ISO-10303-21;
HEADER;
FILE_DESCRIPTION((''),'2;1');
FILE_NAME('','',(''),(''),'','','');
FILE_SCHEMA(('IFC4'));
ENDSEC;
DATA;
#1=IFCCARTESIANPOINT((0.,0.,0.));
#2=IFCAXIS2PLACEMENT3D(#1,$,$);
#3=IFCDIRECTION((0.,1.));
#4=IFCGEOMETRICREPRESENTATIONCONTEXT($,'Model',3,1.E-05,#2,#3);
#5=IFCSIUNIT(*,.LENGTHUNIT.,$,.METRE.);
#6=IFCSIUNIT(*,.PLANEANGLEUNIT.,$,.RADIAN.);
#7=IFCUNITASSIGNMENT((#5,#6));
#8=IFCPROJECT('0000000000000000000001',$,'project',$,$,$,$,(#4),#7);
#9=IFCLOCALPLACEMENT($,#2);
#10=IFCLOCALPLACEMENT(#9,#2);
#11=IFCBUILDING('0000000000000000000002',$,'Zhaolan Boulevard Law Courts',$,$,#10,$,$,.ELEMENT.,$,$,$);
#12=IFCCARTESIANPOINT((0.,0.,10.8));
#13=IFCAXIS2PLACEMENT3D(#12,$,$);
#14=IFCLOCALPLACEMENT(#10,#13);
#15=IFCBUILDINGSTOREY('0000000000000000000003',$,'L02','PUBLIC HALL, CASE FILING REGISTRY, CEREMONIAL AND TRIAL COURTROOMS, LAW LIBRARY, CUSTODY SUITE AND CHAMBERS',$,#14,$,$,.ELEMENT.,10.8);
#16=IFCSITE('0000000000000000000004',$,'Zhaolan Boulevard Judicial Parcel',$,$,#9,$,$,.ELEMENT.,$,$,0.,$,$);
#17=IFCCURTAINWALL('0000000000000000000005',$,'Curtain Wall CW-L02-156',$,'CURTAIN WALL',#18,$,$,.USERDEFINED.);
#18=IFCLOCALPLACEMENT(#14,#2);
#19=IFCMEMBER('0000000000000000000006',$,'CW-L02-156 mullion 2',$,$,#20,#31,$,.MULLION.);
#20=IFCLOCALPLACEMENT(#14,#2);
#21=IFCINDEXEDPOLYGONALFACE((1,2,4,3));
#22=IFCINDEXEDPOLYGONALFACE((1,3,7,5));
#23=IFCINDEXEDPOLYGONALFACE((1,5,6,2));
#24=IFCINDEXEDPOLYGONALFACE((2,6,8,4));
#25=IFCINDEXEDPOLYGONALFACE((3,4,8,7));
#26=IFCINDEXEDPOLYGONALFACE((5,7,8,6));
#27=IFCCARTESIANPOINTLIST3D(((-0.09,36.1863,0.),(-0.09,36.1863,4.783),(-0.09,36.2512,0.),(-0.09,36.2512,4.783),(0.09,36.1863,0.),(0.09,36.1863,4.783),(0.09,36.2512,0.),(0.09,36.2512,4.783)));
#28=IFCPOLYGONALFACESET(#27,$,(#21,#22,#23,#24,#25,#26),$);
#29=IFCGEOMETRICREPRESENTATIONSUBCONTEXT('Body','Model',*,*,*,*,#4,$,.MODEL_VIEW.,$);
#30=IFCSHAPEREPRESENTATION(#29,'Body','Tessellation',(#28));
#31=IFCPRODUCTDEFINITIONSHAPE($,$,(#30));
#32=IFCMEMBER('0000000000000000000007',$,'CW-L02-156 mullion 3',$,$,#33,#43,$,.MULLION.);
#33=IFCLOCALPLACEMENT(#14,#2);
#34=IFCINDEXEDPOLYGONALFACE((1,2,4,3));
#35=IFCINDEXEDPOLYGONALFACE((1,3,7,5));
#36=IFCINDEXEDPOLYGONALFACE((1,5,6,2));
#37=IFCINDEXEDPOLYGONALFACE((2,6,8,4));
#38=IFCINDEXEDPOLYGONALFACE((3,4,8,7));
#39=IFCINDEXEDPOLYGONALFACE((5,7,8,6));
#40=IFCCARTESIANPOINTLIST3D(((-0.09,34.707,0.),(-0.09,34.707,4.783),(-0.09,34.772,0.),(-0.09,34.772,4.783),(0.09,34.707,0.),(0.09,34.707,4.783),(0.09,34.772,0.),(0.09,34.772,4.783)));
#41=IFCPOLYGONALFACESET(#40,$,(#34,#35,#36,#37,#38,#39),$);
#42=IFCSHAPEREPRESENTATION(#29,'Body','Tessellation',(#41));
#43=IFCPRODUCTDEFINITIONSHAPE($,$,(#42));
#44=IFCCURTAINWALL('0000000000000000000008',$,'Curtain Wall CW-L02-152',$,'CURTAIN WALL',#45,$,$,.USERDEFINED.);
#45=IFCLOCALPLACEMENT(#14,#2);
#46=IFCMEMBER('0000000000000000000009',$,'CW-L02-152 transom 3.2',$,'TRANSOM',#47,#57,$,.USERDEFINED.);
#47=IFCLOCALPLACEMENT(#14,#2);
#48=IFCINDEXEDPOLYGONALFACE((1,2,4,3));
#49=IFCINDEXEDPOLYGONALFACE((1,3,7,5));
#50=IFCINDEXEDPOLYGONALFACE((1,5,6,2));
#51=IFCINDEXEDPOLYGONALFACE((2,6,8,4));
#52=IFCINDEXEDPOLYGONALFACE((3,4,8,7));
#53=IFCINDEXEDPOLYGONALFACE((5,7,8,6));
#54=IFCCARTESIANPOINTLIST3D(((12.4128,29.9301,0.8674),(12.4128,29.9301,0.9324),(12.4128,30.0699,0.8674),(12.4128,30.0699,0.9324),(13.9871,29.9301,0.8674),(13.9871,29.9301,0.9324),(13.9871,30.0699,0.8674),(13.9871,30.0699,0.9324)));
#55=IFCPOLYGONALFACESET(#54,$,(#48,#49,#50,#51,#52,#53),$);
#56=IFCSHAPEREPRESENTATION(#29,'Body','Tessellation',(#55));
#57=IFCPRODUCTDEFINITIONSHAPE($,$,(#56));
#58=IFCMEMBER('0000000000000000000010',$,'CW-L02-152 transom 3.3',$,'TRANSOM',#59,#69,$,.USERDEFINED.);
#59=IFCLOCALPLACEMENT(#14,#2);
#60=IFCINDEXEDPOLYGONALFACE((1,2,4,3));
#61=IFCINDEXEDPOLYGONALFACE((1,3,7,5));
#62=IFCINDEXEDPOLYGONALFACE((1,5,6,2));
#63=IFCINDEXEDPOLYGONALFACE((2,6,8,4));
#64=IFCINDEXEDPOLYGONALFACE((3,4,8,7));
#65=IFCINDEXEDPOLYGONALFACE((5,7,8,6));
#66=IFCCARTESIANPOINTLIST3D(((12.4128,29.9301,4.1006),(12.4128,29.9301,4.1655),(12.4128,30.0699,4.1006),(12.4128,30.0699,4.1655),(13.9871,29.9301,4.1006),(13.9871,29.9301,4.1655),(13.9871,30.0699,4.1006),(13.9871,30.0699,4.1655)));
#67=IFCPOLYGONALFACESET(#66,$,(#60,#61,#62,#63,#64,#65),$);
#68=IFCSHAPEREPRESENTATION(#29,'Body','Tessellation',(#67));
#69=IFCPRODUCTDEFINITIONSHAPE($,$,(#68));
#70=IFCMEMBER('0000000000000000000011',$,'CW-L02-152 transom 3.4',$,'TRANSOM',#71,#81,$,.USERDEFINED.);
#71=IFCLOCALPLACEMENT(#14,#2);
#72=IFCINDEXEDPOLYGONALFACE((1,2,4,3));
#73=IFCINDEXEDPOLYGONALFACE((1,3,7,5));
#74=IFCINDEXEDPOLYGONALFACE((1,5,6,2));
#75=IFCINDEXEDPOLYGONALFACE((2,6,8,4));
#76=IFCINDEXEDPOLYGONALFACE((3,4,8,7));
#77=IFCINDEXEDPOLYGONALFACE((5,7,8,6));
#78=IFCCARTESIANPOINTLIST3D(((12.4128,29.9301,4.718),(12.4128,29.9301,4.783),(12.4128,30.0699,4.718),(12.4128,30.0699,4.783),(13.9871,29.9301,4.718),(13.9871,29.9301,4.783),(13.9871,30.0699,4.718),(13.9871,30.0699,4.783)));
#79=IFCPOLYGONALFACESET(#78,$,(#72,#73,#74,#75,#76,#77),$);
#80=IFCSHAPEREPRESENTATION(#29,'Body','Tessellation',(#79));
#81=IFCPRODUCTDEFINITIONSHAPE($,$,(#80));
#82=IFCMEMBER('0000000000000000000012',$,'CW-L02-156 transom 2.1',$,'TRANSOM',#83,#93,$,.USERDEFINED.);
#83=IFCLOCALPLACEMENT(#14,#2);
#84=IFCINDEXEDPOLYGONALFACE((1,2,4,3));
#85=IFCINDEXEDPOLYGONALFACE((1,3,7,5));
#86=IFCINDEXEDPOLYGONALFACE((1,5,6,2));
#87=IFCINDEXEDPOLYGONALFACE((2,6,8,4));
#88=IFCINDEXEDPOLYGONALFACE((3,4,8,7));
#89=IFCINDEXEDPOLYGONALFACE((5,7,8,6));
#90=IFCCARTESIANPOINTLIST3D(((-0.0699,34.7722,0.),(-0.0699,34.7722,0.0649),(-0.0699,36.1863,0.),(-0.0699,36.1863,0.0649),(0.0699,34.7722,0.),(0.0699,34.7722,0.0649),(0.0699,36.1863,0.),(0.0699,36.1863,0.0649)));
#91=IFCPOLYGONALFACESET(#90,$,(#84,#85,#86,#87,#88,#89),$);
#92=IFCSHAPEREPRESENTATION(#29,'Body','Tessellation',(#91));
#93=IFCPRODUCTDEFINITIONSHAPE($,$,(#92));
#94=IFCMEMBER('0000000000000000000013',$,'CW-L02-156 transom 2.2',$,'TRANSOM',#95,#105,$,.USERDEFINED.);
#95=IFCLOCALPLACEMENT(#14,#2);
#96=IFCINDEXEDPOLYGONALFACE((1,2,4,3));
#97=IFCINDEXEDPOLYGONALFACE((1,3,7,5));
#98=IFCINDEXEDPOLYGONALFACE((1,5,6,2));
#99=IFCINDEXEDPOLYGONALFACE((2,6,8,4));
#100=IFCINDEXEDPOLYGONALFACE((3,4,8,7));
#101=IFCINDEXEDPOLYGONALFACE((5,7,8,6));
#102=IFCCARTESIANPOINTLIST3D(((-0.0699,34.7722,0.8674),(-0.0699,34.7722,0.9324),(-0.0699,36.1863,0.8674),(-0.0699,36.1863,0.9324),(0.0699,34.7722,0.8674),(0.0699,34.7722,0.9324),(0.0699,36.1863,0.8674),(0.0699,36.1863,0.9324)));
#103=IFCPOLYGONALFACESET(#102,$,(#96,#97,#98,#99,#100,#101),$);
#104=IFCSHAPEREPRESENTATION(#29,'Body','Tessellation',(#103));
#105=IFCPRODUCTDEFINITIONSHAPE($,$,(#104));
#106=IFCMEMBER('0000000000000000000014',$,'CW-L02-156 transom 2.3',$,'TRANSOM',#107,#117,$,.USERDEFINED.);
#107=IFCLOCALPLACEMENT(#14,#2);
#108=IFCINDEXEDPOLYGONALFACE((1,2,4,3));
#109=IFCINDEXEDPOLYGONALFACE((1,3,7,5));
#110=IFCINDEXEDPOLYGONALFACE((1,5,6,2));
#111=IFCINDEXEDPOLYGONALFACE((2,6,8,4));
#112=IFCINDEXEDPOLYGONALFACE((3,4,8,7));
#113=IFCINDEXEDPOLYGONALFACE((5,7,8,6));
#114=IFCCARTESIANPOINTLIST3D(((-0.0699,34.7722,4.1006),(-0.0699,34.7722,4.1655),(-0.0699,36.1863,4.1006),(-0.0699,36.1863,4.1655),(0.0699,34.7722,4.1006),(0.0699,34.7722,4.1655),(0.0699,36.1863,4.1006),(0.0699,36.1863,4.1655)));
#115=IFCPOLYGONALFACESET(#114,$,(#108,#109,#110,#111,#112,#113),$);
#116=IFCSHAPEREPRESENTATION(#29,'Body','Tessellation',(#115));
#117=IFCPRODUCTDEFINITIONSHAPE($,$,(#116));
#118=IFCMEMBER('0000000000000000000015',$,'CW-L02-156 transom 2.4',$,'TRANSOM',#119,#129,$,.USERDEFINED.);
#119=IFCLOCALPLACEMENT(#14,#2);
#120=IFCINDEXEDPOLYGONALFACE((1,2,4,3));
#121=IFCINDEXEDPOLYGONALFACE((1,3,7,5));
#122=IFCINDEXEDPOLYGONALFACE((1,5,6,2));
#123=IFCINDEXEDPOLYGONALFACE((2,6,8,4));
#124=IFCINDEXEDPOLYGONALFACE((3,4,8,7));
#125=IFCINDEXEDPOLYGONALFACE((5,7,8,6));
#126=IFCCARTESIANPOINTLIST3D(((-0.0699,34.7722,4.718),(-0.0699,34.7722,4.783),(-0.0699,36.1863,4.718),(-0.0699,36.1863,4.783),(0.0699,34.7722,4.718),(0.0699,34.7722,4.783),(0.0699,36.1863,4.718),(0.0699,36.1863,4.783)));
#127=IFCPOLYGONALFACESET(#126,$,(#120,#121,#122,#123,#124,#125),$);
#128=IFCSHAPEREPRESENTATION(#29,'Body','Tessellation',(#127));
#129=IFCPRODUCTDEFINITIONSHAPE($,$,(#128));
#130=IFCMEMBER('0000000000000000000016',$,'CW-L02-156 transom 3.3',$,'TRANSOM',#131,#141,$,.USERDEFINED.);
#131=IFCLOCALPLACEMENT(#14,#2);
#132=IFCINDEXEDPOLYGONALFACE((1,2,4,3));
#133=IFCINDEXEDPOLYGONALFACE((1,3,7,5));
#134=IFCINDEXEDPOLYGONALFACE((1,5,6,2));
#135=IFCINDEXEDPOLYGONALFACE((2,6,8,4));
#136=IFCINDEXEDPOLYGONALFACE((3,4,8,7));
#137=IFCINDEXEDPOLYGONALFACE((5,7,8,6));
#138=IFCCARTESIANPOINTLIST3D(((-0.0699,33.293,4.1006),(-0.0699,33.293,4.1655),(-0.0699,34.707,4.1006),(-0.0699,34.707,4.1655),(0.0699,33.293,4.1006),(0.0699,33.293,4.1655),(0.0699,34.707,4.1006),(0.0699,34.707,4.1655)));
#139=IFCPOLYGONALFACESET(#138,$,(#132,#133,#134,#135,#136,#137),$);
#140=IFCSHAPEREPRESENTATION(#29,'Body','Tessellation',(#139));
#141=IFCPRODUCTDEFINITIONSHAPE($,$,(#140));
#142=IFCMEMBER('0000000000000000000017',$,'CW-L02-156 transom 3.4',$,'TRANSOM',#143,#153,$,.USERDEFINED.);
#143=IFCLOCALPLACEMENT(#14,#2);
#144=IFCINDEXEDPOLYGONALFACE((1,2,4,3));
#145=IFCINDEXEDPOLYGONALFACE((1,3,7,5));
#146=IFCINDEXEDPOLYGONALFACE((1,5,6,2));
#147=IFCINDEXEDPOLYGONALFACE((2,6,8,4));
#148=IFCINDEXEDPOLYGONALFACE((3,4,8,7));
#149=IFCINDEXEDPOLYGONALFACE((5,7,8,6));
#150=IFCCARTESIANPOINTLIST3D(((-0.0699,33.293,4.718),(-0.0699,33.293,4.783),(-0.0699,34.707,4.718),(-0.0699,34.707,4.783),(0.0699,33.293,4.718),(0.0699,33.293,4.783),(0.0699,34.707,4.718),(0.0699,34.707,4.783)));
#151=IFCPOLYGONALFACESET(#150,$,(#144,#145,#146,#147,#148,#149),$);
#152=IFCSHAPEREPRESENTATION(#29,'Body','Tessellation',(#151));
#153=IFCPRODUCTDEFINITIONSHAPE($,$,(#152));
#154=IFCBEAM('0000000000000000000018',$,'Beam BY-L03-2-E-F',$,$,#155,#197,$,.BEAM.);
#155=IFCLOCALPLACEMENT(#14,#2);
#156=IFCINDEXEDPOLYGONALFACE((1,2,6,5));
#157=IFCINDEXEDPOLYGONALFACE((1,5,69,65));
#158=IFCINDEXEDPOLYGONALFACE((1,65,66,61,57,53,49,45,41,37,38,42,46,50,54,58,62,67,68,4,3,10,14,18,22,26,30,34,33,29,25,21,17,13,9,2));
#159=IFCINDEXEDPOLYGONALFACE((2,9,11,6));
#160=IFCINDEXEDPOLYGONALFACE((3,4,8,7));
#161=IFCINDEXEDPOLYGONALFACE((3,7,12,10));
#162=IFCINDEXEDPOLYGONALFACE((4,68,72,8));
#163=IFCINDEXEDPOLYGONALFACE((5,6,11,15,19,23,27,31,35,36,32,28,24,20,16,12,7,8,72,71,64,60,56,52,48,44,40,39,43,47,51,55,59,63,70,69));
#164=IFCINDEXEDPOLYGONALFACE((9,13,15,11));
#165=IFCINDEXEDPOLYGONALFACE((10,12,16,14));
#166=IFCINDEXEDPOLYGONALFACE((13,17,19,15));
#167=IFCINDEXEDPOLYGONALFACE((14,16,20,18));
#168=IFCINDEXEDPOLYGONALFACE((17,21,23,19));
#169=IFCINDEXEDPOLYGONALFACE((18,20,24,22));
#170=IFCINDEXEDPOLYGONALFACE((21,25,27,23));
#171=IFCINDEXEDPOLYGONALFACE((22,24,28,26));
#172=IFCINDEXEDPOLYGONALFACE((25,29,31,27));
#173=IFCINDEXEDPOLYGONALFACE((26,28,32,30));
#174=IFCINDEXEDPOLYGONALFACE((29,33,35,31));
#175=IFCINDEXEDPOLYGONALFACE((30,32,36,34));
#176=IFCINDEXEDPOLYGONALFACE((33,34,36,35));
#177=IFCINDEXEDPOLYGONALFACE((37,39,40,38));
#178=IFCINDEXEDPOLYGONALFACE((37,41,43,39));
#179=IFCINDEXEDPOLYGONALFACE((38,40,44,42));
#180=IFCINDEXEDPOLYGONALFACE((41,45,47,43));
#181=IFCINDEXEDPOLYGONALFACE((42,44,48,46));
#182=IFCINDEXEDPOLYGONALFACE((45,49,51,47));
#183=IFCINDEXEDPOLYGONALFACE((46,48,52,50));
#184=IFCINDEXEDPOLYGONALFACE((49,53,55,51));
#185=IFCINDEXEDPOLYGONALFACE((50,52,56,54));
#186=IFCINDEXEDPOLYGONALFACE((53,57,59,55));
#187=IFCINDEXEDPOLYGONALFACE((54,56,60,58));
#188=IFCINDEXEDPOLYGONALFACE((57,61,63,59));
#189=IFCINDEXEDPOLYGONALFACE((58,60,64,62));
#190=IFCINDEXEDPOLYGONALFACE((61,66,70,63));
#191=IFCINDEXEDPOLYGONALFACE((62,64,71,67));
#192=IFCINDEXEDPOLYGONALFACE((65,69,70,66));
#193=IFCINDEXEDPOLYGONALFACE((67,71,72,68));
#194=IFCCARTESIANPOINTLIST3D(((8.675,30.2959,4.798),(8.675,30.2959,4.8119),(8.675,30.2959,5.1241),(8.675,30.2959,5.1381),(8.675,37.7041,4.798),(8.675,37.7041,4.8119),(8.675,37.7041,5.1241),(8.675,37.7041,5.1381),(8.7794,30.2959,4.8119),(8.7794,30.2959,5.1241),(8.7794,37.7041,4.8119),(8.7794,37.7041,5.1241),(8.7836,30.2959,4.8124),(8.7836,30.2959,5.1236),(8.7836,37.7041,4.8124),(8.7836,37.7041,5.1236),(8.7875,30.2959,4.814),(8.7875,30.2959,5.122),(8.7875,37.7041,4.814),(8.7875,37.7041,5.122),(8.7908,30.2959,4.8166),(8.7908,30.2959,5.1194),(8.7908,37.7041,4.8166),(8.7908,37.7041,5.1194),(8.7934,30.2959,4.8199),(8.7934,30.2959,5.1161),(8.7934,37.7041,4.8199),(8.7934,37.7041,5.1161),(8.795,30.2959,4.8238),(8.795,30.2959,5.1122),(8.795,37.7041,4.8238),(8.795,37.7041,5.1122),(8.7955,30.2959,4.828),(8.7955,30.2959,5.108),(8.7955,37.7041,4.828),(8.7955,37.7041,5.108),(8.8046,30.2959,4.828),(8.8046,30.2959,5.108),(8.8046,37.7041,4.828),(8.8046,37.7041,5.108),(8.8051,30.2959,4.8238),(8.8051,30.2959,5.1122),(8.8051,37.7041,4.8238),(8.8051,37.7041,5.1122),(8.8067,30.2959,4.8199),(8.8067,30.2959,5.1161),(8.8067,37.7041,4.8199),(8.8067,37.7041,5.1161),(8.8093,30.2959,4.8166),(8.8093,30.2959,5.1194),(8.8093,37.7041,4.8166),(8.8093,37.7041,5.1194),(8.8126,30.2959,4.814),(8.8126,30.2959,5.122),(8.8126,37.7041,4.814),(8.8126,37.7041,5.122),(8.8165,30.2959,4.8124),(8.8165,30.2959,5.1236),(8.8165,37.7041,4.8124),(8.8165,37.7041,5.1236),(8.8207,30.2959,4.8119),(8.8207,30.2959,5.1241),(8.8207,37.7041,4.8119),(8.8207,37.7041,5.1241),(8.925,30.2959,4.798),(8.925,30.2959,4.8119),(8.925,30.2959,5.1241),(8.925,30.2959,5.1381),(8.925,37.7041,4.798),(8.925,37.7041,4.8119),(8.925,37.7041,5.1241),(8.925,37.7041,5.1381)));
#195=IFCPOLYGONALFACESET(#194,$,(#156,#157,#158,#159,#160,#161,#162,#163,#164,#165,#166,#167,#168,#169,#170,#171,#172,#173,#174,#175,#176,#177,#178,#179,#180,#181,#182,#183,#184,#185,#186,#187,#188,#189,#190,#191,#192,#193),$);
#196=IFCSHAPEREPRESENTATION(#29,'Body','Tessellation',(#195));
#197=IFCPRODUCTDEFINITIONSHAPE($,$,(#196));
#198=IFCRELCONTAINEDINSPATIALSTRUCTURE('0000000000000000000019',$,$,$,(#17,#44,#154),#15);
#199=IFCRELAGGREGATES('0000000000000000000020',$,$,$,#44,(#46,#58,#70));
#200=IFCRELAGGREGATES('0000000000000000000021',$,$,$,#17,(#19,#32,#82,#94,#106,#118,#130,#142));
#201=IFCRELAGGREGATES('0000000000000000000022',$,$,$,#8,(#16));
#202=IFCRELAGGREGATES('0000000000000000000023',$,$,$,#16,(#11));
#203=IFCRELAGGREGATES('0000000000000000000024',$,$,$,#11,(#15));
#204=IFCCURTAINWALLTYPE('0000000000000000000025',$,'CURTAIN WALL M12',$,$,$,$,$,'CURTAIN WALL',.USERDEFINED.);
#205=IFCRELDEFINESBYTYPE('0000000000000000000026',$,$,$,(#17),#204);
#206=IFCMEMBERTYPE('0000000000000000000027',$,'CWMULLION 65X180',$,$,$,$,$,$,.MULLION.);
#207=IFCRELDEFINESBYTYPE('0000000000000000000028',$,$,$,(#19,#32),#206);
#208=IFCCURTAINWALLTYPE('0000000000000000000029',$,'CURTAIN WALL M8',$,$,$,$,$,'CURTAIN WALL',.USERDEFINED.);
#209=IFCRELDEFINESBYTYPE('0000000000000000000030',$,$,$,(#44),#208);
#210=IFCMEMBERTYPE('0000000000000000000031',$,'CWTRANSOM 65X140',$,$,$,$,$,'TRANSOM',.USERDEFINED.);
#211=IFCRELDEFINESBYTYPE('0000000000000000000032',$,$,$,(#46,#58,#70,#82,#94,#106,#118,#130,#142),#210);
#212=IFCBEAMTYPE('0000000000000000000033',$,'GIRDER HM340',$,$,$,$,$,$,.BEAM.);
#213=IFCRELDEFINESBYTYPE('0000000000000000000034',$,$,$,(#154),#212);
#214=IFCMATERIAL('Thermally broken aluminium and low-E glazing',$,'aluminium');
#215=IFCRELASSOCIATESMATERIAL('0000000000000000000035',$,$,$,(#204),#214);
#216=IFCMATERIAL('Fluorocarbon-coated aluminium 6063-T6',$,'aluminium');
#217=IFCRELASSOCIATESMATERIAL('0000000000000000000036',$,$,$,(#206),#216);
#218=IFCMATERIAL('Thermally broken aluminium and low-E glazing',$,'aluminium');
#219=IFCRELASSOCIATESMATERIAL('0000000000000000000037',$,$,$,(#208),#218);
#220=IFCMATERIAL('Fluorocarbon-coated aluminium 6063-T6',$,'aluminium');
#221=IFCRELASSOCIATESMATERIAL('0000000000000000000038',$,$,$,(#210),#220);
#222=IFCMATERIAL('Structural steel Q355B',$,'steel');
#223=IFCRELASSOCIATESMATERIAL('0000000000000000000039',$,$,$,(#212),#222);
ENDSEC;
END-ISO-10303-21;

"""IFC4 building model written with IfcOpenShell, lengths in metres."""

from ifc_helpers import new_model, si_unit, direction, frame, origin, origin_2d, place, context, subcontext, project, spatial, rectangle, i_section, extrude, material, material_profile, profile_set, type_object, element, aggregate, save


model = new_model("IFC4")

# Units and contexts
model_context = context("Model", 3, precision=1e-05, world=origin(), true_north=direction((0.0, 1.0)))
body_context = subcontext(model_context, "Body", "Model", "MODEL_VIEW")
ifc_project = project(units=[si_unit("LENGTHUNIT", "METRE"), si_unit("PLANEANGLEUNIT", "RADIAN")], contexts=[model_context])

# Site, building, storey
site_placement = place(None, origin())
site = spatial("IfcSite", under=ifc_project, at=site_placement, Name="Zhaolan Boulevard Judicial Parcel", CompositionType="ELEMENT", RefElevation=0.0)
building_placement = place(site_placement, origin())
building = spatial("IfcBuilding", under=site, at=building_placement, Name="Zhaolan Boulevard Law Courts", CompositionType="ELEMENT")
storey_placement = place(building_placement, frame((0.0, 0.0, 10.8)))
storey = spatial("IfcBuildingStorey", under=building, at=storey_placement, Name="L02", Description="PUBLIC HALL, CASE FILING REGISTRY, CEREMONIAL AND TRIAL COURTROOMS, LAW LIBRARY, CUSTODY SUITE AND CHAMBERS", CompositionType="ELEMENT", Elevation=10.8)

# Curtain walls, members
ifc_material_1 = material(Name="Thermally broken aluminium and low-E glazing", Category="aluminium")
curtain_wall_type_1 = type_object("IfcCurtainWallType", Name="CURTAIN WALL M12", ElementType="CURTAIN WALL", PredefinedType="USERDEFINED", material=ifc_material_1)
curtain_wall_1_placement = place(storey_placement, origin())
curtain_wall_1 = element("IfcCurtainWall", 1, at=curtain_wall_1_placement, inside=storey, type_object=curtain_wall_type_1, Name="Curtain Wall CW-L02-156", ObjectType="CURTAIN WALL", PredefinedType="USERDEFINED")
ifc_material_2 = material(Name="Fluorocarbon-coated aluminium 6063-T6", Category="aluminium")
ifc_material_profile_1 = material_profile(ifc_material_2, rectangle(XDim=0.1799, YDim=0.0649, at=origin_2d()), Name="AL65x180")
ifc_profile_set_1 = profile_set([ifc_material_profile_1], Name="Fluorocarbon-coated aluminium 6063-T6")
member_type_1 = type_object("IfcMemberType", Name="CWMULLION 65X180", PredefinedType="MULLION", material=ifc_profile_set_1)
member_1_placement = place(storey_placement, frame((0.0, 36.2188, 0.0), z_axis=(0.0, 0.0, 1.0), x_axis=(1.0, 0.0, 0.0)))
member_1 = element("IfcMember", 2, at=member_1_placement, type_object=member_type_1, Name="CW-L02-156 mullion 2", PredefinedType="MULLION", context=body_context, shape_type="SweptSolid", body=[
    extrude(rectangle(XDim=0.1799, YDim=0.0649, at=origin_2d()), origin(), (0.0, 0.0, 1.0), 4.783),
])
member_2_placement = place(storey_placement, frame((0.0, 34.7395, 0.0), z_axis=(0.0, 0.0, 1.0), x_axis=(1.0, 0.0, 0.0)))
member_2 = element("IfcMember", 3, at=member_2_placement, type_object=member_type_1, Name="CW-L02-156 mullion 3", PredefinedType="MULLION", context=body_context, shape_type="SweptSolid", body=[
    extrude(rectangle(XDim=0.1799, YDim=0.0649, at=origin_2d()), origin(), (0.0, 0.0, 1.0), 4.783),
])
ifc_material_3 = material(Name="Thermally broken aluminium and low-E glazing", Category="aluminium")
curtain_wall_type_2 = type_object("IfcCurtainWallType", Name="CURTAIN WALL M8", ElementType="CURTAIN WALL", PredefinedType="USERDEFINED", material=ifc_material_3)
curtain_wall_2_placement = place(storey_placement, origin())
curtain_wall_2 = element("IfcCurtainWall", 4, at=curtain_wall_2_placement, inside=storey, type_object=curtain_wall_type_2, Name="Curtain Wall CW-L02-152", ObjectType="CURTAIN WALL", PredefinedType="USERDEFINED")
ifc_material_4 = material(Name="Fluorocarbon-coated aluminium 6063-T6", Category="aluminium")
ifc_material_profile_2 = material_profile(ifc_material_4, rectangle(XDim=0.1399, YDim=0.0649, at=origin_2d()), Name="AL65x140")
ifc_profile_set_2 = profile_set([ifc_material_profile_2], Name="Fluorocarbon-coated aluminium 6063-T6")
member_type_2 = type_object("IfcMemberType", Name="CWTRANSOM 65X140", ElementType="TRANSOM", PredefinedType="USERDEFINED", material=ifc_profile_set_2)
member_3_placement = place(storey_placement, frame((12.4128, 30.0, 0.8999), z_axis=(1.0, 0.0, 0.0), x_axis=(0.0, 1.0, 0.0)))
member_3 = element("IfcMember", 5, at=member_3_placement, type_object=member_type_2, Name="CW-L02-152 transom 3.2", ObjectType="TRANSOM", PredefinedType="USERDEFINED", context=body_context, shape_type="SweptSolid", body=[
    extrude(rectangle(XDim=0.1399, YDim=0.0649, at=origin_2d()), origin(), (0.0, 0.0, 1.0), 1.5742),
])
member_4_placement = place(storey_placement, frame((12.4128, 30.0, 4.1331), z_axis=(1.0, 0.0, 0.0), x_axis=(0.0, 1.0, 0.0)))
member_4 = element("IfcMember", 6, at=member_4_placement, type_object=member_type_2, Name="CW-L02-152 transom 3.3", ObjectType="TRANSOM", PredefinedType="USERDEFINED", context=body_context, shape_type="SweptSolid", body=[
    extrude(rectangle(XDim=0.1399, YDim=0.0649, at=origin_2d()), origin(), (0.0, 0.0, 1.0), 1.5742),
])
member_5_placement = place(storey_placement, frame((12.4128, 30.0, 4.7505), z_axis=(1.0, 0.0, 0.0), x_axis=(0.0, 1.0, 0.0)))
member_5 = element("IfcMember", 7, at=member_5_placement, type_object=member_type_2, Name="CW-L02-152 transom 3.4", ObjectType="TRANSOM", PredefinedType="USERDEFINED", context=body_context, shape_type="SweptSolid", body=[
    extrude(rectangle(XDim=0.1399, YDim=0.0649, at=origin_2d()), origin(), (0.0, 0.0, 1.0), 1.5742),
])

# Members
member_6_placement = place(storey_placement, frame((0.0, 36.1863, 0.0325), z_axis=(0.0, -1.0, 0.0), x_axis=(1.0, 0.0, 0.0)))
member_6 = element("IfcMember", 8, at=member_6_placement, type_object=member_type_2, Name="CW-L02-156 transom 2.1", ObjectType="TRANSOM", PredefinedType="USERDEFINED", context=body_context, shape_type="SweptSolid", body=[
    extrude(rectangle(XDim=0.1399, YDim=0.0649, at=origin_2d()), origin(), (0.0, 0.0, 1.0), 1.4141),
])
member_7_placement = place(storey_placement, frame((0.0, 36.1863, 0.8999), z_axis=(0.0, -1.0, 0.0), x_axis=(1.0, 0.0, 0.0)))
member_7 = element("IfcMember", 9, at=member_7_placement, type_object=member_type_2, Name="CW-L02-156 transom 2.2", ObjectType="TRANSOM", PredefinedType="USERDEFINED", context=body_context, shape_type="SweptSolid", body=[
    extrude(rectangle(XDim=0.1399, YDim=0.0649, at=origin_2d()), origin(), (0.0, 0.0, 1.0), 1.4141),
])
member_8_placement = place(storey_placement, frame((0.0, 36.1863, 4.1331), z_axis=(0.0, -1.0, 0.0), x_axis=(1.0, 0.0, 0.0)))
member_8 = element("IfcMember", 10, at=member_8_placement, type_object=member_type_2, Name="CW-L02-156 transom 2.3", ObjectType="TRANSOM", PredefinedType="USERDEFINED", context=body_context, shape_type="SweptSolid", body=[
    extrude(rectangle(XDim=0.1399, YDim=0.0649, at=origin_2d()), origin(), (0.0, 0.0, 1.0), 1.4141),
])
member_9_placement = place(storey_placement, frame((0.0, 36.1863, 4.7505), z_axis=(0.0, -1.0, 0.0), x_axis=(1.0, 0.0, 0.0)))
member_9 = element("IfcMember", 11, at=member_9_placement, type_object=member_type_2, Name="CW-L02-156 transom 2.4", ObjectType="TRANSOM", PredefinedType="USERDEFINED", context=body_context, shape_type="SweptSolid", body=[
    extrude(rectangle(XDim=0.1399, YDim=0.0649, at=origin_2d()), origin(), (0.0, 0.0, 1.0), 1.4141),
])
member_10_placement = place(storey_placement, frame((0.0, 34.707, 4.1331), z_axis=(0.0, -1.0, 0.0), x_axis=(1.0, 0.0, 0.0)))
member_10 = element("IfcMember", 12, at=member_10_placement, type_object=member_type_2, Name="CW-L02-156 transom 3.3", ObjectType="TRANSOM", PredefinedType="USERDEFINED", context=body_context, shape_type="SweptSolid", body=[
    extrude(rectangle(XDim=0.1399, YDim=0.0649, at=origin_2d()), origin(), (0.0, 0.0, 1.0), 1.4141),
])
member_11_placement = place(storey_placement, frame((0.0, 34.707, 4.7505), z_axis=(0.0, -1.0, 0.0), x_axis=(1.0, 0.0, 0.0)))
member_11 = element("IfcMember", 13, at=member_11_placement, type_object=member_type_2, Name="CW-L02-156 transom 3.4", ObjectType="TRANSOM", PredefinedType="USERDEFINED", context=body_context, shape_type="SweptSolid", body=[
    extrude(rectangle(XDim=0.1399, YDim=0.0649, at=origin_2d()), origin(), (0.0, 0.0, 1.0), 1.4141),
])

# Beam
ifc_material_5 = material(Name="Structural steel Q355B", Category="steel")
ifc_material_profile_3 = material_profile(ifc_material_5, i_section(OverallWidth=0.25, OverallDepth=0.3401, WebThickness=0.009, FlangeThickness=0.0139, FilletRadius=0.0161, at=origin_2d()), Name="HM340x250")
ifc_profile_set_3 = profile_set([ifc_material_profile_3], Name="Structural steel Q355B")
beam_type_1 = type_object("IfcBeamType", Name="GIRDER HM340", PredefinedType="BEAM", material=ifc_profile_set_3)
beam_1_placement = place(storey_placement, frame((8.8, 30.2959, 4.968), z_axis=(0.0, 1.0, 0.0), x_axis=(-1.0, 0.0, 0.0)))
element("IfcBeam", 14, at=beam_1_placement, inside=storey, type_object=beam_type_1, Name="Beam BY-L03-2-E-F", PredefinedType="BEAM", context=body_context, shape_type="SweptSolid", body=[
    extrude(i_section(OverallWidth=0.25, OverallDepth=0.3401, WebThickness=0.009, FlangeThickness=0.0139, FilletRadius=0.0161, at=origin_2d()), origin(), (0.0, 0.0, 1.0), 7.4082),
])

aggregate(curtain_wall_2, [member_3, member_4, member_5])
aggregate(curtain_wall_1, [member_1, member_2, member_6, member_7, member_8, member_9, member_10, member_11])

save(model, "model.ifc")
